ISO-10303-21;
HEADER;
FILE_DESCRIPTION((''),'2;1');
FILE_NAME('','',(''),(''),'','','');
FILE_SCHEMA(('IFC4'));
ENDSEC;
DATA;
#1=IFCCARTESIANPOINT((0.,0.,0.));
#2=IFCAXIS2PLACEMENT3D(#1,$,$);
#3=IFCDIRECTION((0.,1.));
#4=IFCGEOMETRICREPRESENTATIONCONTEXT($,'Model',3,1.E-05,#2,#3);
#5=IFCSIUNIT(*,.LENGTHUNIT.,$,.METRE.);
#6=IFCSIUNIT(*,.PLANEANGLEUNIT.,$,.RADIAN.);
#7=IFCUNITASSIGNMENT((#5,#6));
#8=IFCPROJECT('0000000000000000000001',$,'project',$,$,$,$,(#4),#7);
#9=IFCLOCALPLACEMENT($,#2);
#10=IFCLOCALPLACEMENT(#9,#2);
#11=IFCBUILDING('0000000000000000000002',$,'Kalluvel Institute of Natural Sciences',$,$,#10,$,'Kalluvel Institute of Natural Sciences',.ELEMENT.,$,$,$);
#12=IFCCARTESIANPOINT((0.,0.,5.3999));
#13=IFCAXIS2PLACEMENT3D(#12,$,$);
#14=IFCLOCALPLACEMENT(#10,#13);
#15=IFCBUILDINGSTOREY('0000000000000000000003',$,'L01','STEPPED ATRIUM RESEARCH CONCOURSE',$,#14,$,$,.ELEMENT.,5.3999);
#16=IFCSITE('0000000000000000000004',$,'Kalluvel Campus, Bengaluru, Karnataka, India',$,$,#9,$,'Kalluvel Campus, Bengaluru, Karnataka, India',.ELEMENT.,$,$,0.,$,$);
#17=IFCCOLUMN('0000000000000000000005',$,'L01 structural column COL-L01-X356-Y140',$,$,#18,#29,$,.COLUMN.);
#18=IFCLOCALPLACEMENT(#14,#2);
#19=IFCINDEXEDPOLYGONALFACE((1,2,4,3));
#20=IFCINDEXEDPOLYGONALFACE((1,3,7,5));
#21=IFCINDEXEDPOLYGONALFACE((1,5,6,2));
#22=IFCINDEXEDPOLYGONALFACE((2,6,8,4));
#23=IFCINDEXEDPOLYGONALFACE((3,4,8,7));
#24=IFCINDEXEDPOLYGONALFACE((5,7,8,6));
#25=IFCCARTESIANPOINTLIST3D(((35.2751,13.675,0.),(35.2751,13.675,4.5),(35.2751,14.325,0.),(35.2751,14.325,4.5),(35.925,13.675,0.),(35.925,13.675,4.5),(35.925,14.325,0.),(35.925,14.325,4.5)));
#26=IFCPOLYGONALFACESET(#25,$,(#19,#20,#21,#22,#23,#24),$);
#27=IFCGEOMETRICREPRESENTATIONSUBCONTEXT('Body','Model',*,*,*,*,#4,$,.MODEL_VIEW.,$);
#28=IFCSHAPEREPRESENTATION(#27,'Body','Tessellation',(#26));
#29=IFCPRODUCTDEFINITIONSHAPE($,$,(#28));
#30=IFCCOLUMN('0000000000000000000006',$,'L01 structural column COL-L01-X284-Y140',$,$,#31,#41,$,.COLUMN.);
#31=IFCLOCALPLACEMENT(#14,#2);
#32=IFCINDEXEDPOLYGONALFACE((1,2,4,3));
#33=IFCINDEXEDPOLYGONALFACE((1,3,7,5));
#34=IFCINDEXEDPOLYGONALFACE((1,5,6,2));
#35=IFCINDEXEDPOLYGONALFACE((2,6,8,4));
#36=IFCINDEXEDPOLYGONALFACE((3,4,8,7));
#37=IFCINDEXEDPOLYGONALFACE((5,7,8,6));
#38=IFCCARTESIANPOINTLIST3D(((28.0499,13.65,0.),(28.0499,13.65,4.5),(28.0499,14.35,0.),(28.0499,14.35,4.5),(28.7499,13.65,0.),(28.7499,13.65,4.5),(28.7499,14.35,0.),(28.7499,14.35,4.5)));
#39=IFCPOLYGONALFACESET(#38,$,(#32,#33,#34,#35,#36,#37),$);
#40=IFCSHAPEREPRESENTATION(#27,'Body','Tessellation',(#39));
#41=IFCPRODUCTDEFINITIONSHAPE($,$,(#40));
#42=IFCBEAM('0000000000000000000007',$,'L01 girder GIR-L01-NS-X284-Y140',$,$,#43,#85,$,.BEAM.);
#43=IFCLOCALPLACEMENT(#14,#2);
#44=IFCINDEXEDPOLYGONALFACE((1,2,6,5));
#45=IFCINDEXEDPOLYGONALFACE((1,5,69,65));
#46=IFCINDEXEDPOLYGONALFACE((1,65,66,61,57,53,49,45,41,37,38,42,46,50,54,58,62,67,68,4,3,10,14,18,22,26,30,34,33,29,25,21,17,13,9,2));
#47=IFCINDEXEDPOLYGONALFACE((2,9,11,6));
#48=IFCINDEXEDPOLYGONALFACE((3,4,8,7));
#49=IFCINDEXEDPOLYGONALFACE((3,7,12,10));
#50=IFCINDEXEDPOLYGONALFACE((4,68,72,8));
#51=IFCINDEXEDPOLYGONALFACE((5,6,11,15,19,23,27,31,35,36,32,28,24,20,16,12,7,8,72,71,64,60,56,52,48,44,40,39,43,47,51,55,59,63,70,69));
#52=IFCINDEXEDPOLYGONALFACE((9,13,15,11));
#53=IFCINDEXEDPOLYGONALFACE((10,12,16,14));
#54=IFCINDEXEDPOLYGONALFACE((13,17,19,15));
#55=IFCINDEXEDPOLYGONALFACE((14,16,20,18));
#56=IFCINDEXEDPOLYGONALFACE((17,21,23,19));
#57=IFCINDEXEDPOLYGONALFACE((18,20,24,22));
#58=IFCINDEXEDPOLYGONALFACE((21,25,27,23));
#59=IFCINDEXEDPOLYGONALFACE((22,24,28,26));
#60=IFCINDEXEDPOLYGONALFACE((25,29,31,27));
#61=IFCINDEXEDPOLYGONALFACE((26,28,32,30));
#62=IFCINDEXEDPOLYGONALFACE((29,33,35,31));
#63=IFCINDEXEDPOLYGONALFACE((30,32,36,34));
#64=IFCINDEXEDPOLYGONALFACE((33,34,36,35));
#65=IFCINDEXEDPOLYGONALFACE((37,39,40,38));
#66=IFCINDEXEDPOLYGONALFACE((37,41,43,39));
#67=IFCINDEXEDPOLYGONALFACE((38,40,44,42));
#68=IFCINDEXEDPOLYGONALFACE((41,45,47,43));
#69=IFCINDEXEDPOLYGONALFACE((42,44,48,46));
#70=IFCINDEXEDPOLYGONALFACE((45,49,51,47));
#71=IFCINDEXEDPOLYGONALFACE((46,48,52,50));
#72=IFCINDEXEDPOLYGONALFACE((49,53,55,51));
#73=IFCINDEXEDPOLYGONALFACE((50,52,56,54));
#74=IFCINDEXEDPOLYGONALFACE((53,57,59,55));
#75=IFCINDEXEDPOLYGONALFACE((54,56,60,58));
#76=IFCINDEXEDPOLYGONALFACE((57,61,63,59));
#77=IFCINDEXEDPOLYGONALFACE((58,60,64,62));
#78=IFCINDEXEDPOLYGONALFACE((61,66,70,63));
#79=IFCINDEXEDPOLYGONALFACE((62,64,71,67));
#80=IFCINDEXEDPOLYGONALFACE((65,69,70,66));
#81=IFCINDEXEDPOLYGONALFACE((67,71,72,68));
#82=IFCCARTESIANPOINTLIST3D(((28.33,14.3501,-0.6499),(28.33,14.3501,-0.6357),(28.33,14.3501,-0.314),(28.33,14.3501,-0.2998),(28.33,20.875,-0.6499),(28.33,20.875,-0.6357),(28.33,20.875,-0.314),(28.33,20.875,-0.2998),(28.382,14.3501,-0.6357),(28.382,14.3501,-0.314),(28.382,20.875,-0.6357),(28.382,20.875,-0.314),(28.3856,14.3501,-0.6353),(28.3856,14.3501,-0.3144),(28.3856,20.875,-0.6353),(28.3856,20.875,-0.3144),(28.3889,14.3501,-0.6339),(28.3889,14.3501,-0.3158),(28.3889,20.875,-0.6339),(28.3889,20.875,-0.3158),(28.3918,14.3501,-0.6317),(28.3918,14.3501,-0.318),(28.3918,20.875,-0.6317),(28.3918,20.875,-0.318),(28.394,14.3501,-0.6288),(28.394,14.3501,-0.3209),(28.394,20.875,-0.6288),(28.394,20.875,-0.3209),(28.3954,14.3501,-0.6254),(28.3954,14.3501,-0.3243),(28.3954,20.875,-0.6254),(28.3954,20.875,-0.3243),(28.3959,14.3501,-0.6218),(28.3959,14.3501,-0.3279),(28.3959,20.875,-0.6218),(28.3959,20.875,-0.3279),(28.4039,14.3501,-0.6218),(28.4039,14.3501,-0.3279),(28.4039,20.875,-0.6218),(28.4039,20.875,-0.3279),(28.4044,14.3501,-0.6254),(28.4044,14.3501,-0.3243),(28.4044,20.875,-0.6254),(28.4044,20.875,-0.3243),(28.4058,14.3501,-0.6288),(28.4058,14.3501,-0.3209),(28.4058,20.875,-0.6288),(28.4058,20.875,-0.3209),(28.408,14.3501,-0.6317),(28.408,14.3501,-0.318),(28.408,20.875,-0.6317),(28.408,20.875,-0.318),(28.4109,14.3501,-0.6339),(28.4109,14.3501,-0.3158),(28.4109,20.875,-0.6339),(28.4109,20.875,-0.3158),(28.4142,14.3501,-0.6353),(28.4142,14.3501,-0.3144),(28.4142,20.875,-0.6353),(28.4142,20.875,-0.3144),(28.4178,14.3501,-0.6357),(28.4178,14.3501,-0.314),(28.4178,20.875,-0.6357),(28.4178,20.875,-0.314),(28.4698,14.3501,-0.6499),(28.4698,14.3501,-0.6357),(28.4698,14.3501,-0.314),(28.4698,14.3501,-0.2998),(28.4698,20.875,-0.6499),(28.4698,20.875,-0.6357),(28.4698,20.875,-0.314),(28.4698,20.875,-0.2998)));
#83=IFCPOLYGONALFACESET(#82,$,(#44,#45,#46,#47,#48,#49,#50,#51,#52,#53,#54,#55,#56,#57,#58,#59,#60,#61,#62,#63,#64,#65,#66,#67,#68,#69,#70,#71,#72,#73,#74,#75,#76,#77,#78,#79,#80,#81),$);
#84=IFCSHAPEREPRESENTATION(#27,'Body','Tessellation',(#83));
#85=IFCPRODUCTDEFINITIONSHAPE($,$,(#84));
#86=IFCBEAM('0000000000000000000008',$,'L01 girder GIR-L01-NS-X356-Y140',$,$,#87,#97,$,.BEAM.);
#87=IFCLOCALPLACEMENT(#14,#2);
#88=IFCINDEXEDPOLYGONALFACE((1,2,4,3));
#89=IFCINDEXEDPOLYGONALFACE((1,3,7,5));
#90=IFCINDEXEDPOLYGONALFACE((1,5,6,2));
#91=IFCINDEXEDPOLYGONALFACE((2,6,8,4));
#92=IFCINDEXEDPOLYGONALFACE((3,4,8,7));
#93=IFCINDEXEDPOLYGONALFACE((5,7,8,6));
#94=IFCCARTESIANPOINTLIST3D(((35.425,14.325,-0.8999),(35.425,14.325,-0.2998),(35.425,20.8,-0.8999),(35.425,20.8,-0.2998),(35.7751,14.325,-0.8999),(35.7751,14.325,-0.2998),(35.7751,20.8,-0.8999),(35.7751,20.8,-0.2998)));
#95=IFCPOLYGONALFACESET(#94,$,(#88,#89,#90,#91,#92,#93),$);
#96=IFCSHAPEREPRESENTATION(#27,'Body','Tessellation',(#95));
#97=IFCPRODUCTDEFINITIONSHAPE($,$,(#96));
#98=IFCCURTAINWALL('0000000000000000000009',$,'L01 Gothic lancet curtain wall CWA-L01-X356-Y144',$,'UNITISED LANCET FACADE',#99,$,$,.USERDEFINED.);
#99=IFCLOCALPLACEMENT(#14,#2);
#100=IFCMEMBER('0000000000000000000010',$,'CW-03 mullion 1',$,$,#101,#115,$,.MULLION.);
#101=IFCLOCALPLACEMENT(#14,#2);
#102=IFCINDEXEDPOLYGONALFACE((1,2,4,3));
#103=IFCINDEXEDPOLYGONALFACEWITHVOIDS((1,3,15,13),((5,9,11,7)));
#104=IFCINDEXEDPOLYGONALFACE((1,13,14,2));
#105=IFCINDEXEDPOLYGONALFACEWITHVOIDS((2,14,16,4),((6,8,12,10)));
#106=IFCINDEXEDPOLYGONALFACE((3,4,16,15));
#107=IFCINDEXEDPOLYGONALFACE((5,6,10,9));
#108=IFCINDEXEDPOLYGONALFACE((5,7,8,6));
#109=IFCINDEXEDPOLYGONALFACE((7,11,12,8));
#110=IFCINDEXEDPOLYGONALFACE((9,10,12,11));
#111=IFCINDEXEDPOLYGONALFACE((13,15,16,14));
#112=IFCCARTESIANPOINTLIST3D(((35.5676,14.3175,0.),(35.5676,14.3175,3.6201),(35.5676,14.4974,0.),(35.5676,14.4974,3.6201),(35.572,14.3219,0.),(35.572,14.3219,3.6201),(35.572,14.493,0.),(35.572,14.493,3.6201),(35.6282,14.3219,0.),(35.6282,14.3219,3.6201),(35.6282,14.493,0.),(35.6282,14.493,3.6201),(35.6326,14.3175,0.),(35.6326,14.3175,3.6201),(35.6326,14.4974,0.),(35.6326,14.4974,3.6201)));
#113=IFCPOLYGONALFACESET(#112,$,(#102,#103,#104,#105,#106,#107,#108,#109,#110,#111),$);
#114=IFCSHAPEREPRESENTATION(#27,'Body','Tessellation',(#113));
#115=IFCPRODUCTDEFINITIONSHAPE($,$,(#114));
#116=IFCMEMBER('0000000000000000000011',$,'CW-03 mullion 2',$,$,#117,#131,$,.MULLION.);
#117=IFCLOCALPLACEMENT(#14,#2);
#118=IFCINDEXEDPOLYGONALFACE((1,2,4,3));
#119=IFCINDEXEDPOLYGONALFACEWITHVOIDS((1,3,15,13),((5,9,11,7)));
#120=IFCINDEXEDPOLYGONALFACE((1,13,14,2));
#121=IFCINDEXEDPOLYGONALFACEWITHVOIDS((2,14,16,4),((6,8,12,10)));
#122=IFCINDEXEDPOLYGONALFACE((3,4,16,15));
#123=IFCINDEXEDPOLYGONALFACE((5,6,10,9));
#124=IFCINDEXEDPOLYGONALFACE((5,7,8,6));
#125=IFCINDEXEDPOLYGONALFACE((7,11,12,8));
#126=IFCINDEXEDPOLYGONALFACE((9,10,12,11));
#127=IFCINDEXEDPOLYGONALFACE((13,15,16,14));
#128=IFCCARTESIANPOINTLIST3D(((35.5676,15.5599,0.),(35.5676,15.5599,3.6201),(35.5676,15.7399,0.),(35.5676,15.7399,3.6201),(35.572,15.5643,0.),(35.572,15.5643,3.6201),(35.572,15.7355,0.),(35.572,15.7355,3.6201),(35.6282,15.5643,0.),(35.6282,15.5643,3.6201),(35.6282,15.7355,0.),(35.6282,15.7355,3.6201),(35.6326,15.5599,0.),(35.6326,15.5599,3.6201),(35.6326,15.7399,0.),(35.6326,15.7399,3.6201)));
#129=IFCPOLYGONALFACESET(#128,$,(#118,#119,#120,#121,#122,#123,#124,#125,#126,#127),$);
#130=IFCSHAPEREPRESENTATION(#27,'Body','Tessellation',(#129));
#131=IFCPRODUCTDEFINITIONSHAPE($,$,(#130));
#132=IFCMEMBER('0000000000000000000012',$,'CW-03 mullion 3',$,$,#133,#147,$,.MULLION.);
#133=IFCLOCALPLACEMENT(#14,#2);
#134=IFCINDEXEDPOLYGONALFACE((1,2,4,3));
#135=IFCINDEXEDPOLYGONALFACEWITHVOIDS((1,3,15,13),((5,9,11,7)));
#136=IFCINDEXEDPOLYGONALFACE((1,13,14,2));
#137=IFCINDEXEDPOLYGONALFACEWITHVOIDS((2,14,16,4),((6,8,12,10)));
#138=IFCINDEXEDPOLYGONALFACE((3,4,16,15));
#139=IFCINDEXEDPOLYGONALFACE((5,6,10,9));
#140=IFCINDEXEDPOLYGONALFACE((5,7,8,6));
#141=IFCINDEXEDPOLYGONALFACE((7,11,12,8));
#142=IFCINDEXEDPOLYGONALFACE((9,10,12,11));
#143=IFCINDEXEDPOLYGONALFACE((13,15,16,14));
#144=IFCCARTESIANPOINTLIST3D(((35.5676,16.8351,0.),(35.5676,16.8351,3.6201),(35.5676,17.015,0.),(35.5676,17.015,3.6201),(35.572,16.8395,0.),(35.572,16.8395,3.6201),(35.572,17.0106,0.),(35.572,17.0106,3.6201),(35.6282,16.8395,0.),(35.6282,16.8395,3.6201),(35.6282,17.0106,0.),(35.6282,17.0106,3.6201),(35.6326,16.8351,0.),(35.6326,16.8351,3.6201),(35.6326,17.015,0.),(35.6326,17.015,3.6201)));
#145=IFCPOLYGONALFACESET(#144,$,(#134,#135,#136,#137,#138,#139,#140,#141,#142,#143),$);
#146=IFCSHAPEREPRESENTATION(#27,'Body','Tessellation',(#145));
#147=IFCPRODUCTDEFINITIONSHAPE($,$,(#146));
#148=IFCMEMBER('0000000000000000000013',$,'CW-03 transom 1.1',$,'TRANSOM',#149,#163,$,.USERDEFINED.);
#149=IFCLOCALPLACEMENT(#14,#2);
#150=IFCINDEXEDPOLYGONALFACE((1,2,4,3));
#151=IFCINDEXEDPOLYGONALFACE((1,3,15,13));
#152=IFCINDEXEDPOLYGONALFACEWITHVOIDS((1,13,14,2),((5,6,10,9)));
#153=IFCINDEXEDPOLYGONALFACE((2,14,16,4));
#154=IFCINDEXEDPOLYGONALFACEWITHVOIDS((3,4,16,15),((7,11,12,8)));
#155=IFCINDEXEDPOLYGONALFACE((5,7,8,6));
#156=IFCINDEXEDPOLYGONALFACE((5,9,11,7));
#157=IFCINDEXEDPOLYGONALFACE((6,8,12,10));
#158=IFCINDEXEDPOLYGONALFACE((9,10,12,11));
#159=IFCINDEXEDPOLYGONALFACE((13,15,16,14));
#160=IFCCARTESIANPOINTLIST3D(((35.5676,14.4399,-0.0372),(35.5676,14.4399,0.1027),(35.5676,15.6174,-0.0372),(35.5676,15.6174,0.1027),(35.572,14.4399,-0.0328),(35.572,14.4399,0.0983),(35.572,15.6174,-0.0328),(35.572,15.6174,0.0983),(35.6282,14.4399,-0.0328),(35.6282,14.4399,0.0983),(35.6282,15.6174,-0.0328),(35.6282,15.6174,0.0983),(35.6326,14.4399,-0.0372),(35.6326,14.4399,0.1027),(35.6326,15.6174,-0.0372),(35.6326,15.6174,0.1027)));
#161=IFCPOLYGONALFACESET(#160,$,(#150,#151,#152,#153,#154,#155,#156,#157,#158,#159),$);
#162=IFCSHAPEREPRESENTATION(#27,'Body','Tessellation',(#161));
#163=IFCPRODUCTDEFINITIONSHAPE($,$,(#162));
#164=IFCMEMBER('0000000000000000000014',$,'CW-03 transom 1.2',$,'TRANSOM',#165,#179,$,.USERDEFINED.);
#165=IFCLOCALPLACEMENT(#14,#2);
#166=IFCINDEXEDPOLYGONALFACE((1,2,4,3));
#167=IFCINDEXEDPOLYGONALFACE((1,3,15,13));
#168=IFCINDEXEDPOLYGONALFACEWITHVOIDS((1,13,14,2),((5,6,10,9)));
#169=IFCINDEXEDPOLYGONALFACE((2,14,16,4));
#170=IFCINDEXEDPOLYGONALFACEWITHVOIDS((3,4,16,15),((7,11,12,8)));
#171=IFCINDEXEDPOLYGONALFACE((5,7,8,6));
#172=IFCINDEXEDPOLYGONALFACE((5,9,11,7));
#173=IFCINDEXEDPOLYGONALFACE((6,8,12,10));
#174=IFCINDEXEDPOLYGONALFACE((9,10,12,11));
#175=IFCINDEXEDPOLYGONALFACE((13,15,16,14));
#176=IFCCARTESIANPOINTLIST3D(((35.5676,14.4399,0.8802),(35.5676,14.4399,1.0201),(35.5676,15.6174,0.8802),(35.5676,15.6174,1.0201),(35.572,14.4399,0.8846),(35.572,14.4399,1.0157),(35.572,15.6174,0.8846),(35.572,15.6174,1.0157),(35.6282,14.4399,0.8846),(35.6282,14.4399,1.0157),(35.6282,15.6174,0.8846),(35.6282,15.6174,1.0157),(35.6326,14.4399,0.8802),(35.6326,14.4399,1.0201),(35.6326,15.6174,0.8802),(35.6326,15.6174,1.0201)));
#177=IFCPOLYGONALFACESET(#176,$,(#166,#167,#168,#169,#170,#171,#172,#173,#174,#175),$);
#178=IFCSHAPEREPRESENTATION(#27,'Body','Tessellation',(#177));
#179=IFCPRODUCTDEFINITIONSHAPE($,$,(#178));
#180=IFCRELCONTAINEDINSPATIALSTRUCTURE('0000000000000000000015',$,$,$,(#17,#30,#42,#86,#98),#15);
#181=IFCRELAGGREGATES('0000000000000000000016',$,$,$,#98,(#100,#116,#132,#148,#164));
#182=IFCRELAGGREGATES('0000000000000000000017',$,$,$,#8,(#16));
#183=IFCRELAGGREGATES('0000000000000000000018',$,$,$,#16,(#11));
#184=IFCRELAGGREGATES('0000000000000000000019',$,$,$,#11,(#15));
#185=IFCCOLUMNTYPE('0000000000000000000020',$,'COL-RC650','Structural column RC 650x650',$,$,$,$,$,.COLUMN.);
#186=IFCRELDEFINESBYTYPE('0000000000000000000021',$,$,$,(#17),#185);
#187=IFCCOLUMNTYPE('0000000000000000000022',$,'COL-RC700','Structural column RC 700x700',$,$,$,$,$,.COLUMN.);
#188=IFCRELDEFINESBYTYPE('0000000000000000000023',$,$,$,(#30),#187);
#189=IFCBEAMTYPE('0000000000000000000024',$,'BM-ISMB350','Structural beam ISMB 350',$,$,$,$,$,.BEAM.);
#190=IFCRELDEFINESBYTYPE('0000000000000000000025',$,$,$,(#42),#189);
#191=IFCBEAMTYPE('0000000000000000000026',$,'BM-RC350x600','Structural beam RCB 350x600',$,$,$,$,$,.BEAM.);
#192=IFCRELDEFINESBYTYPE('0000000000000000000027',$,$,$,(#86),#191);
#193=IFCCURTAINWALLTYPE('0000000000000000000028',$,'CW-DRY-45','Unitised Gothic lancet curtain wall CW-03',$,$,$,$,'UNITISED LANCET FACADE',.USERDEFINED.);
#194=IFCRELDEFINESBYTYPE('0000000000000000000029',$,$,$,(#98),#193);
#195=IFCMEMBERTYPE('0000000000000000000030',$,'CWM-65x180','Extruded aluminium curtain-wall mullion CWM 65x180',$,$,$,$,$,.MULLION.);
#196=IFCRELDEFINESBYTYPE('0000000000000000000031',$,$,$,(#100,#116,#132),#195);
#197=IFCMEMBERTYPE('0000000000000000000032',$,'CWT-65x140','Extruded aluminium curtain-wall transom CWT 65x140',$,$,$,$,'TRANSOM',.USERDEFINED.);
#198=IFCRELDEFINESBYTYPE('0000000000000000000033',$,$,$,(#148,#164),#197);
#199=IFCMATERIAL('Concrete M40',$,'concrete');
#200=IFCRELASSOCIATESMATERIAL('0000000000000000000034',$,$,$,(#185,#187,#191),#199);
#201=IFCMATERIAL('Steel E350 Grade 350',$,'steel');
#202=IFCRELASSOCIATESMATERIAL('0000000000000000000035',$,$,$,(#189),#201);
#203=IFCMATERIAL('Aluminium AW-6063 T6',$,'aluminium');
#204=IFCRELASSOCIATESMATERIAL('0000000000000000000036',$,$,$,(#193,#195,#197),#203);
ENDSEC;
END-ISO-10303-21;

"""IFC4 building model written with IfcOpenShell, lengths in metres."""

from ifc_helpers import new_model, si_unit, direction, frame, origin, origin_2d, place, context, subcontext, project, spatial, rectangle, hollow_rectangle, i_section, extrude, material, material_profile, profile_set, type_object, element, aggregate, save


model = new_model("IFC4")

# Units and contexts
model_context = context("Model", 3, precision=1e-05, world=origin(), true_north=direction((0.0, 1.0)))
body_context = subcontext(model_context, "Body", "Model", "MODEL_VIEW")
ifc_project = project(units=[si_unit("LENGTHUNIT", "METRE"), si_unit("PLANEANGLEUNIT", "RADIAN")], contexts=[model_context])

# Site, building, storey
site_placement = place(None, origin())
site = spatial("IfcSite", under=ifc_project, at=site_placement, Name="Kalluvel Campus, Bengaluru, Karnataka, India", LongName="Kalluvel Campus, Bengaluru, Karnataka, India", CompositionType="ELEMENT", RefElevation=0.0)
building_placement = place(site_placement, origin())
building = spatial("IfcBuilding", under=site, at=building_placement, Name="Kalluvel Institute of Natural Sciences", LongName="Kalluvel Institute of Natural Sciences", CompositionType="ELEMENT")
storey_placement = place(building_placement, frame((0.0, 0.0, 5.3999)))
storey = spatial("IfcBuildingStorey", under=building, at=storey_placement, Name="L01", Description="STEPPED ATRIUM RESEARCH CONCOURSE", CompositionType="ELEMENT", Elevation=5.3999)

# Columns
ifc_material_1 = material(Name="Concrete M40", Category="concrete")
ifc_material_profile_1 = material_profile(ifc_material_1, rectangle(XDim=0.6499, YDim=0.6499, at=origin_2d()), Name="RC 650x650")
ifc_profile_set_1 = profile_set([ifc_material_profile_1], Name="Concrete M40")
column_type_1 = type_object("IfcColumnType", Name="COL-RC650", Description="Structural column RC 650x650", PredefinedType="COLUMN", material=ifc_profile_set_1)
column_1_placement = place(storey_placement, frame((35.6001, 14.0, 0.0), z_axis=(0.0, 0.0, 1.0), x_axis=(1.0, 0.0, 0.0)))
element("IfcColumn", 1, at=column_1_placement, inside=storey, type_object=column_type_1, Name="L01 structural column COL-L01-X356-Y140", PredefinedType="COLUMN", context=body_context, shape_type="SweptSolid", body=[
    extrude(rectangle(XDim=0.6499, YDim=0.6499, at=origin_2d()), origin(), (0.0, 0.0, 1.0), 4.5),
])
ifc_material_profile_2 = material_profile(ifc_material_1, rectangle(XDim=0.7, YDim=0.7, at=origin_2d()), Name="RC 700x700")
ifc_profile_set_2 = profile_set([ifc_material_profile_2], Name="Concrete M40")
column_type_2 = type_object("IfcColumnType", Name="COL-RC700", Description="Structural column RC 700x700", PredefinedType="COLUMN", material=ifc_profile_set_2)
column_2_placement = place(storey_placement, frame((28.3999, 14.0, 0.0), z_axis=(0.0, 0.0, 1.0), x_axis=(1.0, 0.0, 0.0)))
element("IfcColumn", 2, at=column_2_placement, inside=storey, type_object=column_type_2, Name="L01 structural column COL-L01-X284-Y140", PredefinedType="COLUMN", context=body_context, shape_type="SweptSolid", body=[
    extrude(rectangle(XDim=0.7, YDim=0.7, at=origin_2d()), origin(), (0.0, 0.0, 1.0), 4.5),
])

# Beams
ifc_material_2 = material(Name="Steel E350 Grade 350", Category="steel")
ifc_material_profile_3 = material_profile(ifc_material_2, i_section(OverallWidth=0.1399, OverallDepth=0.3501, WebThickness=0.0081, FlangeThickness=0.0142, FilletRadius=0.0139, at=origin_2d()), Name="ISMB 350")
ifc_profile_set_3 = profile_set([ifc_material_profile_3], Name="Steel E350 Grade 350")
beam_type_1 = type_object("IfcBeamType", Name="BM-ISMB350", Description="Structural beam ISMB 350", PredefinedType="BEAM", material=ifc_profile_set_3)
beam_1_placement = place(storey_placement, frame((28.3999, 14.3501, -0.4749), z_axis=(0.0, 1.0, 0.0), x_axis=(-1.0, 0.0, 0.0)))
element("IfcBeam", 3, at=beam_1_placement, inside=storey, type_object=beam_type_1, Name="L01 girder GIR-L01-NS-X284-Y140", PredefinedType="BEAM", context=body_context, shape_type="SweptSolid", body=[
    extrude(i_section(OverallWidth=0.1399, OverallDepth=0.3501, WebThickness=0.0081, FlangeThickness=0.0142, FilletRadius=0.0139, at=origin_2d()), origin(), (0.0, 0.0, 1.0), 6.5249),
])
ifc_material_profile_4 = material_profile(ifc_material_1, rectangle(XDim=0.3501, YDim=0.6001, at=origin_2d()), Name="RCB 350x600")
ifc_profile_set_4 = profile_set([ifc_material_profile_4], Name="Concrete M40")
beam_type_2 = type_object("IfcBeamType", Name="BM-RC350x600", Description="Structural beam RCB 350x600", PredefinedType="BEAM", material=ifc_profile_set_4)
beam_2_placement = place(storey_placement, frame((35.6001, 14.325, -0.5999), z_axis=(0.0, 1.0, 0.0), x_axis=(-1.0, 0.0, 0.0)))
element("IfcBeam", 4, at=beam_2_placement, inside=storey, type_object=beam_type_2, Name="L01 girder GIR-L01-NS-X356-Y140", PredefinedType="BEAM", context=body_context, shape_type="SweptSolid", body=[
    extrude(rectangle(XDim=0.3501, YDim=0.6001, at=origin_2d()), origin(), (0.0, 0.0, 1.0), 6.4751),
])

# Curtain wall, members
ifc_material_3 = material(Name="Aluminium AW-6063 T6", Category="aluminium")
curtain_wall_type = type_object("IfcCurtainWallType", Name="CW-DRY-45", Description="Unitised Gothic lancet curtain wall CW-03", ElementType="UNITISED LANCET FACADE", PredefinedType="USERDEFINED", material=ifc_material_3)
curtain_wall_placement = place(storey_placement, origin())
curtain_wall = element("IfcCurtainWall", 5, at=curtain_wall_placement, inside=storey, type_object=curtain_wall_type, Name="L01 Gothic lancet curtain wall CWA-L01-X356-Y144", ObjectType="UNITISED LANCET FACADE", PredefinedType="USERDEFINED")
ifc_material_profile_5 = material_profile(ifc_material_3, hollow_rectangle(XDim=0.0649, YDim=0.1799, WallThickness=0.0044, at=origin_2d()), Name="CWM 65x180")
ifc_profile_set_5 = profile_set([ifc_material_profile_5], Name="Aluminium AW-6063 T6")
member_type_1 = type_object("IfcMemberType", Name="CWM-65x180", Description="Extruded aluminium curtain-wall mullion CWM 65x180", PredefinedType="MULLION", material=ifc_profile_set_5)
member_1_placement = place(storey_placement, frame((35.6001, 14.4075, 0.0), z_axis=(0.0, 0.0, 1.0), x_axis=(-1.0, 0.0, 0.0)))
member_1 = element("IfcMember", 6, at=member_1_placement, type_object=member_type_1, Name="CW-03 mullion 1", PredefinedType="MULLION", context=body_context, shape_type="SweptSolid", body=[
    extrude(hollow_rectangle(XDim=0.0649, YDim=0.1799, WallThickness=0.0044, at=origin_2d()), origin(), (0.0, 0.0, 1.0), 3.6201),
])
member_2_placement = place(storey_placement, frame((35.6001, 15.6499, 0.0), z_axis=(0.0, 0.0, 1.0), x_axis=(-1.0, 0.0, 0.0)))
member_2 = element("IfcMember", 7, at=member_2_placement, type_object=member_type_1, Name="CW-03 mullion 2", PredefinedType="MULLION", context=body_context, shape_type="SweptSolid", body=[
    extrude(hollow_rectangle(XDim=0.0649, YDim=0.1799, WallThickness=0.0044, at=origin_2d()), origin(), (0.0, 0.0, 1.0), 3.6201),
])
member_3_placement = place(storey_placement, frame((35.6001, 16.925, 0.0), z_axis=(0.0, 0.0, 1.0), x_axis=(-1.0, 0.0, 0.0)))
member_3 = element("IfcMember", 8, at=member_3_placement, type_object=member_type_1, Name="CW-03 mullion 3", PredefinedType="MULLION", context=body_context, shape_type="SweptSolid", body=[
    extrude(hollow_rectangle(XDim=0.0649, YDim=0.1799, WallThickness=0.0044, at=origin_2d()), origin(), (0.0, 0.0, 1.0), 3.6201),
])
ifc_material_profile_6 = material_profile(ifc_material_3, hollow_rectangle(XDim=0.0649, YDim=0.1399, WallThickness=0.0044, at=origin_2d()), Name="CWT 65x140")
ifc_profile_set_6 = profile_set([ifc_material_profile_6], Name="Aluminium AW-6063 T6")
member_type_2 = type_object("IfcMemberType", Name="CWT-65x140", Description="Extruded aluminium curtain-wall transom CWT 65x140", ElementType="TRANSOM", PredefinedType="USERDEFINED", material=ifc_profile_set_6)
member_4_placement = place(storey_placement, frame((35.6001, 14.4399, 0.0327), z_axis=(0.0, 1.0, 0.0), x_axis=(-1.0, 0.0, 0.0)))
member_4 = element("IfcMember", 9, at=member_4_placement, type_object=member_type_2, Name="CW-03 transom 1.1", ObjectType="TRANSOM", PredefinedType="USERDEFINED", context=body_context, shape_type="SweptSolid", body=[
    extrude(hollow_rectangle(XDim=0.0649, YDim=0.1399, WallThickness=0.0044, at=origin_2d()), origin(), (0.0, 0.0, 1.0), 1.1775),
])
member_5_placement = place(storey_placement, frame((35.6001, 14.4399, 0.9502), z_axis=(0.0, 1.0, 0.0), x_axis=(-1.0, 0.0, 0.0)))
member_5 = element("IfcMember", 10, at=member_5_placement, type_object=member_type_2, Name="CW-03 transom 1.2", ObjectType="TRANSOM", PredefinedType="USERDEFINED", context=body_context, shape_type="SweptSolid", body=[
    extrude(hollow_rectangle(XDim=0.0649, YDim=0.1399, WallThickness=0.0044, at=origin_2d()), origin(), (0.0, 0.0, 1.0), 1.1775),
])

aggregate(curtain_wall, [member_1, member_2, member_3, member_4, member_5])

save(model, "model.ifc")
